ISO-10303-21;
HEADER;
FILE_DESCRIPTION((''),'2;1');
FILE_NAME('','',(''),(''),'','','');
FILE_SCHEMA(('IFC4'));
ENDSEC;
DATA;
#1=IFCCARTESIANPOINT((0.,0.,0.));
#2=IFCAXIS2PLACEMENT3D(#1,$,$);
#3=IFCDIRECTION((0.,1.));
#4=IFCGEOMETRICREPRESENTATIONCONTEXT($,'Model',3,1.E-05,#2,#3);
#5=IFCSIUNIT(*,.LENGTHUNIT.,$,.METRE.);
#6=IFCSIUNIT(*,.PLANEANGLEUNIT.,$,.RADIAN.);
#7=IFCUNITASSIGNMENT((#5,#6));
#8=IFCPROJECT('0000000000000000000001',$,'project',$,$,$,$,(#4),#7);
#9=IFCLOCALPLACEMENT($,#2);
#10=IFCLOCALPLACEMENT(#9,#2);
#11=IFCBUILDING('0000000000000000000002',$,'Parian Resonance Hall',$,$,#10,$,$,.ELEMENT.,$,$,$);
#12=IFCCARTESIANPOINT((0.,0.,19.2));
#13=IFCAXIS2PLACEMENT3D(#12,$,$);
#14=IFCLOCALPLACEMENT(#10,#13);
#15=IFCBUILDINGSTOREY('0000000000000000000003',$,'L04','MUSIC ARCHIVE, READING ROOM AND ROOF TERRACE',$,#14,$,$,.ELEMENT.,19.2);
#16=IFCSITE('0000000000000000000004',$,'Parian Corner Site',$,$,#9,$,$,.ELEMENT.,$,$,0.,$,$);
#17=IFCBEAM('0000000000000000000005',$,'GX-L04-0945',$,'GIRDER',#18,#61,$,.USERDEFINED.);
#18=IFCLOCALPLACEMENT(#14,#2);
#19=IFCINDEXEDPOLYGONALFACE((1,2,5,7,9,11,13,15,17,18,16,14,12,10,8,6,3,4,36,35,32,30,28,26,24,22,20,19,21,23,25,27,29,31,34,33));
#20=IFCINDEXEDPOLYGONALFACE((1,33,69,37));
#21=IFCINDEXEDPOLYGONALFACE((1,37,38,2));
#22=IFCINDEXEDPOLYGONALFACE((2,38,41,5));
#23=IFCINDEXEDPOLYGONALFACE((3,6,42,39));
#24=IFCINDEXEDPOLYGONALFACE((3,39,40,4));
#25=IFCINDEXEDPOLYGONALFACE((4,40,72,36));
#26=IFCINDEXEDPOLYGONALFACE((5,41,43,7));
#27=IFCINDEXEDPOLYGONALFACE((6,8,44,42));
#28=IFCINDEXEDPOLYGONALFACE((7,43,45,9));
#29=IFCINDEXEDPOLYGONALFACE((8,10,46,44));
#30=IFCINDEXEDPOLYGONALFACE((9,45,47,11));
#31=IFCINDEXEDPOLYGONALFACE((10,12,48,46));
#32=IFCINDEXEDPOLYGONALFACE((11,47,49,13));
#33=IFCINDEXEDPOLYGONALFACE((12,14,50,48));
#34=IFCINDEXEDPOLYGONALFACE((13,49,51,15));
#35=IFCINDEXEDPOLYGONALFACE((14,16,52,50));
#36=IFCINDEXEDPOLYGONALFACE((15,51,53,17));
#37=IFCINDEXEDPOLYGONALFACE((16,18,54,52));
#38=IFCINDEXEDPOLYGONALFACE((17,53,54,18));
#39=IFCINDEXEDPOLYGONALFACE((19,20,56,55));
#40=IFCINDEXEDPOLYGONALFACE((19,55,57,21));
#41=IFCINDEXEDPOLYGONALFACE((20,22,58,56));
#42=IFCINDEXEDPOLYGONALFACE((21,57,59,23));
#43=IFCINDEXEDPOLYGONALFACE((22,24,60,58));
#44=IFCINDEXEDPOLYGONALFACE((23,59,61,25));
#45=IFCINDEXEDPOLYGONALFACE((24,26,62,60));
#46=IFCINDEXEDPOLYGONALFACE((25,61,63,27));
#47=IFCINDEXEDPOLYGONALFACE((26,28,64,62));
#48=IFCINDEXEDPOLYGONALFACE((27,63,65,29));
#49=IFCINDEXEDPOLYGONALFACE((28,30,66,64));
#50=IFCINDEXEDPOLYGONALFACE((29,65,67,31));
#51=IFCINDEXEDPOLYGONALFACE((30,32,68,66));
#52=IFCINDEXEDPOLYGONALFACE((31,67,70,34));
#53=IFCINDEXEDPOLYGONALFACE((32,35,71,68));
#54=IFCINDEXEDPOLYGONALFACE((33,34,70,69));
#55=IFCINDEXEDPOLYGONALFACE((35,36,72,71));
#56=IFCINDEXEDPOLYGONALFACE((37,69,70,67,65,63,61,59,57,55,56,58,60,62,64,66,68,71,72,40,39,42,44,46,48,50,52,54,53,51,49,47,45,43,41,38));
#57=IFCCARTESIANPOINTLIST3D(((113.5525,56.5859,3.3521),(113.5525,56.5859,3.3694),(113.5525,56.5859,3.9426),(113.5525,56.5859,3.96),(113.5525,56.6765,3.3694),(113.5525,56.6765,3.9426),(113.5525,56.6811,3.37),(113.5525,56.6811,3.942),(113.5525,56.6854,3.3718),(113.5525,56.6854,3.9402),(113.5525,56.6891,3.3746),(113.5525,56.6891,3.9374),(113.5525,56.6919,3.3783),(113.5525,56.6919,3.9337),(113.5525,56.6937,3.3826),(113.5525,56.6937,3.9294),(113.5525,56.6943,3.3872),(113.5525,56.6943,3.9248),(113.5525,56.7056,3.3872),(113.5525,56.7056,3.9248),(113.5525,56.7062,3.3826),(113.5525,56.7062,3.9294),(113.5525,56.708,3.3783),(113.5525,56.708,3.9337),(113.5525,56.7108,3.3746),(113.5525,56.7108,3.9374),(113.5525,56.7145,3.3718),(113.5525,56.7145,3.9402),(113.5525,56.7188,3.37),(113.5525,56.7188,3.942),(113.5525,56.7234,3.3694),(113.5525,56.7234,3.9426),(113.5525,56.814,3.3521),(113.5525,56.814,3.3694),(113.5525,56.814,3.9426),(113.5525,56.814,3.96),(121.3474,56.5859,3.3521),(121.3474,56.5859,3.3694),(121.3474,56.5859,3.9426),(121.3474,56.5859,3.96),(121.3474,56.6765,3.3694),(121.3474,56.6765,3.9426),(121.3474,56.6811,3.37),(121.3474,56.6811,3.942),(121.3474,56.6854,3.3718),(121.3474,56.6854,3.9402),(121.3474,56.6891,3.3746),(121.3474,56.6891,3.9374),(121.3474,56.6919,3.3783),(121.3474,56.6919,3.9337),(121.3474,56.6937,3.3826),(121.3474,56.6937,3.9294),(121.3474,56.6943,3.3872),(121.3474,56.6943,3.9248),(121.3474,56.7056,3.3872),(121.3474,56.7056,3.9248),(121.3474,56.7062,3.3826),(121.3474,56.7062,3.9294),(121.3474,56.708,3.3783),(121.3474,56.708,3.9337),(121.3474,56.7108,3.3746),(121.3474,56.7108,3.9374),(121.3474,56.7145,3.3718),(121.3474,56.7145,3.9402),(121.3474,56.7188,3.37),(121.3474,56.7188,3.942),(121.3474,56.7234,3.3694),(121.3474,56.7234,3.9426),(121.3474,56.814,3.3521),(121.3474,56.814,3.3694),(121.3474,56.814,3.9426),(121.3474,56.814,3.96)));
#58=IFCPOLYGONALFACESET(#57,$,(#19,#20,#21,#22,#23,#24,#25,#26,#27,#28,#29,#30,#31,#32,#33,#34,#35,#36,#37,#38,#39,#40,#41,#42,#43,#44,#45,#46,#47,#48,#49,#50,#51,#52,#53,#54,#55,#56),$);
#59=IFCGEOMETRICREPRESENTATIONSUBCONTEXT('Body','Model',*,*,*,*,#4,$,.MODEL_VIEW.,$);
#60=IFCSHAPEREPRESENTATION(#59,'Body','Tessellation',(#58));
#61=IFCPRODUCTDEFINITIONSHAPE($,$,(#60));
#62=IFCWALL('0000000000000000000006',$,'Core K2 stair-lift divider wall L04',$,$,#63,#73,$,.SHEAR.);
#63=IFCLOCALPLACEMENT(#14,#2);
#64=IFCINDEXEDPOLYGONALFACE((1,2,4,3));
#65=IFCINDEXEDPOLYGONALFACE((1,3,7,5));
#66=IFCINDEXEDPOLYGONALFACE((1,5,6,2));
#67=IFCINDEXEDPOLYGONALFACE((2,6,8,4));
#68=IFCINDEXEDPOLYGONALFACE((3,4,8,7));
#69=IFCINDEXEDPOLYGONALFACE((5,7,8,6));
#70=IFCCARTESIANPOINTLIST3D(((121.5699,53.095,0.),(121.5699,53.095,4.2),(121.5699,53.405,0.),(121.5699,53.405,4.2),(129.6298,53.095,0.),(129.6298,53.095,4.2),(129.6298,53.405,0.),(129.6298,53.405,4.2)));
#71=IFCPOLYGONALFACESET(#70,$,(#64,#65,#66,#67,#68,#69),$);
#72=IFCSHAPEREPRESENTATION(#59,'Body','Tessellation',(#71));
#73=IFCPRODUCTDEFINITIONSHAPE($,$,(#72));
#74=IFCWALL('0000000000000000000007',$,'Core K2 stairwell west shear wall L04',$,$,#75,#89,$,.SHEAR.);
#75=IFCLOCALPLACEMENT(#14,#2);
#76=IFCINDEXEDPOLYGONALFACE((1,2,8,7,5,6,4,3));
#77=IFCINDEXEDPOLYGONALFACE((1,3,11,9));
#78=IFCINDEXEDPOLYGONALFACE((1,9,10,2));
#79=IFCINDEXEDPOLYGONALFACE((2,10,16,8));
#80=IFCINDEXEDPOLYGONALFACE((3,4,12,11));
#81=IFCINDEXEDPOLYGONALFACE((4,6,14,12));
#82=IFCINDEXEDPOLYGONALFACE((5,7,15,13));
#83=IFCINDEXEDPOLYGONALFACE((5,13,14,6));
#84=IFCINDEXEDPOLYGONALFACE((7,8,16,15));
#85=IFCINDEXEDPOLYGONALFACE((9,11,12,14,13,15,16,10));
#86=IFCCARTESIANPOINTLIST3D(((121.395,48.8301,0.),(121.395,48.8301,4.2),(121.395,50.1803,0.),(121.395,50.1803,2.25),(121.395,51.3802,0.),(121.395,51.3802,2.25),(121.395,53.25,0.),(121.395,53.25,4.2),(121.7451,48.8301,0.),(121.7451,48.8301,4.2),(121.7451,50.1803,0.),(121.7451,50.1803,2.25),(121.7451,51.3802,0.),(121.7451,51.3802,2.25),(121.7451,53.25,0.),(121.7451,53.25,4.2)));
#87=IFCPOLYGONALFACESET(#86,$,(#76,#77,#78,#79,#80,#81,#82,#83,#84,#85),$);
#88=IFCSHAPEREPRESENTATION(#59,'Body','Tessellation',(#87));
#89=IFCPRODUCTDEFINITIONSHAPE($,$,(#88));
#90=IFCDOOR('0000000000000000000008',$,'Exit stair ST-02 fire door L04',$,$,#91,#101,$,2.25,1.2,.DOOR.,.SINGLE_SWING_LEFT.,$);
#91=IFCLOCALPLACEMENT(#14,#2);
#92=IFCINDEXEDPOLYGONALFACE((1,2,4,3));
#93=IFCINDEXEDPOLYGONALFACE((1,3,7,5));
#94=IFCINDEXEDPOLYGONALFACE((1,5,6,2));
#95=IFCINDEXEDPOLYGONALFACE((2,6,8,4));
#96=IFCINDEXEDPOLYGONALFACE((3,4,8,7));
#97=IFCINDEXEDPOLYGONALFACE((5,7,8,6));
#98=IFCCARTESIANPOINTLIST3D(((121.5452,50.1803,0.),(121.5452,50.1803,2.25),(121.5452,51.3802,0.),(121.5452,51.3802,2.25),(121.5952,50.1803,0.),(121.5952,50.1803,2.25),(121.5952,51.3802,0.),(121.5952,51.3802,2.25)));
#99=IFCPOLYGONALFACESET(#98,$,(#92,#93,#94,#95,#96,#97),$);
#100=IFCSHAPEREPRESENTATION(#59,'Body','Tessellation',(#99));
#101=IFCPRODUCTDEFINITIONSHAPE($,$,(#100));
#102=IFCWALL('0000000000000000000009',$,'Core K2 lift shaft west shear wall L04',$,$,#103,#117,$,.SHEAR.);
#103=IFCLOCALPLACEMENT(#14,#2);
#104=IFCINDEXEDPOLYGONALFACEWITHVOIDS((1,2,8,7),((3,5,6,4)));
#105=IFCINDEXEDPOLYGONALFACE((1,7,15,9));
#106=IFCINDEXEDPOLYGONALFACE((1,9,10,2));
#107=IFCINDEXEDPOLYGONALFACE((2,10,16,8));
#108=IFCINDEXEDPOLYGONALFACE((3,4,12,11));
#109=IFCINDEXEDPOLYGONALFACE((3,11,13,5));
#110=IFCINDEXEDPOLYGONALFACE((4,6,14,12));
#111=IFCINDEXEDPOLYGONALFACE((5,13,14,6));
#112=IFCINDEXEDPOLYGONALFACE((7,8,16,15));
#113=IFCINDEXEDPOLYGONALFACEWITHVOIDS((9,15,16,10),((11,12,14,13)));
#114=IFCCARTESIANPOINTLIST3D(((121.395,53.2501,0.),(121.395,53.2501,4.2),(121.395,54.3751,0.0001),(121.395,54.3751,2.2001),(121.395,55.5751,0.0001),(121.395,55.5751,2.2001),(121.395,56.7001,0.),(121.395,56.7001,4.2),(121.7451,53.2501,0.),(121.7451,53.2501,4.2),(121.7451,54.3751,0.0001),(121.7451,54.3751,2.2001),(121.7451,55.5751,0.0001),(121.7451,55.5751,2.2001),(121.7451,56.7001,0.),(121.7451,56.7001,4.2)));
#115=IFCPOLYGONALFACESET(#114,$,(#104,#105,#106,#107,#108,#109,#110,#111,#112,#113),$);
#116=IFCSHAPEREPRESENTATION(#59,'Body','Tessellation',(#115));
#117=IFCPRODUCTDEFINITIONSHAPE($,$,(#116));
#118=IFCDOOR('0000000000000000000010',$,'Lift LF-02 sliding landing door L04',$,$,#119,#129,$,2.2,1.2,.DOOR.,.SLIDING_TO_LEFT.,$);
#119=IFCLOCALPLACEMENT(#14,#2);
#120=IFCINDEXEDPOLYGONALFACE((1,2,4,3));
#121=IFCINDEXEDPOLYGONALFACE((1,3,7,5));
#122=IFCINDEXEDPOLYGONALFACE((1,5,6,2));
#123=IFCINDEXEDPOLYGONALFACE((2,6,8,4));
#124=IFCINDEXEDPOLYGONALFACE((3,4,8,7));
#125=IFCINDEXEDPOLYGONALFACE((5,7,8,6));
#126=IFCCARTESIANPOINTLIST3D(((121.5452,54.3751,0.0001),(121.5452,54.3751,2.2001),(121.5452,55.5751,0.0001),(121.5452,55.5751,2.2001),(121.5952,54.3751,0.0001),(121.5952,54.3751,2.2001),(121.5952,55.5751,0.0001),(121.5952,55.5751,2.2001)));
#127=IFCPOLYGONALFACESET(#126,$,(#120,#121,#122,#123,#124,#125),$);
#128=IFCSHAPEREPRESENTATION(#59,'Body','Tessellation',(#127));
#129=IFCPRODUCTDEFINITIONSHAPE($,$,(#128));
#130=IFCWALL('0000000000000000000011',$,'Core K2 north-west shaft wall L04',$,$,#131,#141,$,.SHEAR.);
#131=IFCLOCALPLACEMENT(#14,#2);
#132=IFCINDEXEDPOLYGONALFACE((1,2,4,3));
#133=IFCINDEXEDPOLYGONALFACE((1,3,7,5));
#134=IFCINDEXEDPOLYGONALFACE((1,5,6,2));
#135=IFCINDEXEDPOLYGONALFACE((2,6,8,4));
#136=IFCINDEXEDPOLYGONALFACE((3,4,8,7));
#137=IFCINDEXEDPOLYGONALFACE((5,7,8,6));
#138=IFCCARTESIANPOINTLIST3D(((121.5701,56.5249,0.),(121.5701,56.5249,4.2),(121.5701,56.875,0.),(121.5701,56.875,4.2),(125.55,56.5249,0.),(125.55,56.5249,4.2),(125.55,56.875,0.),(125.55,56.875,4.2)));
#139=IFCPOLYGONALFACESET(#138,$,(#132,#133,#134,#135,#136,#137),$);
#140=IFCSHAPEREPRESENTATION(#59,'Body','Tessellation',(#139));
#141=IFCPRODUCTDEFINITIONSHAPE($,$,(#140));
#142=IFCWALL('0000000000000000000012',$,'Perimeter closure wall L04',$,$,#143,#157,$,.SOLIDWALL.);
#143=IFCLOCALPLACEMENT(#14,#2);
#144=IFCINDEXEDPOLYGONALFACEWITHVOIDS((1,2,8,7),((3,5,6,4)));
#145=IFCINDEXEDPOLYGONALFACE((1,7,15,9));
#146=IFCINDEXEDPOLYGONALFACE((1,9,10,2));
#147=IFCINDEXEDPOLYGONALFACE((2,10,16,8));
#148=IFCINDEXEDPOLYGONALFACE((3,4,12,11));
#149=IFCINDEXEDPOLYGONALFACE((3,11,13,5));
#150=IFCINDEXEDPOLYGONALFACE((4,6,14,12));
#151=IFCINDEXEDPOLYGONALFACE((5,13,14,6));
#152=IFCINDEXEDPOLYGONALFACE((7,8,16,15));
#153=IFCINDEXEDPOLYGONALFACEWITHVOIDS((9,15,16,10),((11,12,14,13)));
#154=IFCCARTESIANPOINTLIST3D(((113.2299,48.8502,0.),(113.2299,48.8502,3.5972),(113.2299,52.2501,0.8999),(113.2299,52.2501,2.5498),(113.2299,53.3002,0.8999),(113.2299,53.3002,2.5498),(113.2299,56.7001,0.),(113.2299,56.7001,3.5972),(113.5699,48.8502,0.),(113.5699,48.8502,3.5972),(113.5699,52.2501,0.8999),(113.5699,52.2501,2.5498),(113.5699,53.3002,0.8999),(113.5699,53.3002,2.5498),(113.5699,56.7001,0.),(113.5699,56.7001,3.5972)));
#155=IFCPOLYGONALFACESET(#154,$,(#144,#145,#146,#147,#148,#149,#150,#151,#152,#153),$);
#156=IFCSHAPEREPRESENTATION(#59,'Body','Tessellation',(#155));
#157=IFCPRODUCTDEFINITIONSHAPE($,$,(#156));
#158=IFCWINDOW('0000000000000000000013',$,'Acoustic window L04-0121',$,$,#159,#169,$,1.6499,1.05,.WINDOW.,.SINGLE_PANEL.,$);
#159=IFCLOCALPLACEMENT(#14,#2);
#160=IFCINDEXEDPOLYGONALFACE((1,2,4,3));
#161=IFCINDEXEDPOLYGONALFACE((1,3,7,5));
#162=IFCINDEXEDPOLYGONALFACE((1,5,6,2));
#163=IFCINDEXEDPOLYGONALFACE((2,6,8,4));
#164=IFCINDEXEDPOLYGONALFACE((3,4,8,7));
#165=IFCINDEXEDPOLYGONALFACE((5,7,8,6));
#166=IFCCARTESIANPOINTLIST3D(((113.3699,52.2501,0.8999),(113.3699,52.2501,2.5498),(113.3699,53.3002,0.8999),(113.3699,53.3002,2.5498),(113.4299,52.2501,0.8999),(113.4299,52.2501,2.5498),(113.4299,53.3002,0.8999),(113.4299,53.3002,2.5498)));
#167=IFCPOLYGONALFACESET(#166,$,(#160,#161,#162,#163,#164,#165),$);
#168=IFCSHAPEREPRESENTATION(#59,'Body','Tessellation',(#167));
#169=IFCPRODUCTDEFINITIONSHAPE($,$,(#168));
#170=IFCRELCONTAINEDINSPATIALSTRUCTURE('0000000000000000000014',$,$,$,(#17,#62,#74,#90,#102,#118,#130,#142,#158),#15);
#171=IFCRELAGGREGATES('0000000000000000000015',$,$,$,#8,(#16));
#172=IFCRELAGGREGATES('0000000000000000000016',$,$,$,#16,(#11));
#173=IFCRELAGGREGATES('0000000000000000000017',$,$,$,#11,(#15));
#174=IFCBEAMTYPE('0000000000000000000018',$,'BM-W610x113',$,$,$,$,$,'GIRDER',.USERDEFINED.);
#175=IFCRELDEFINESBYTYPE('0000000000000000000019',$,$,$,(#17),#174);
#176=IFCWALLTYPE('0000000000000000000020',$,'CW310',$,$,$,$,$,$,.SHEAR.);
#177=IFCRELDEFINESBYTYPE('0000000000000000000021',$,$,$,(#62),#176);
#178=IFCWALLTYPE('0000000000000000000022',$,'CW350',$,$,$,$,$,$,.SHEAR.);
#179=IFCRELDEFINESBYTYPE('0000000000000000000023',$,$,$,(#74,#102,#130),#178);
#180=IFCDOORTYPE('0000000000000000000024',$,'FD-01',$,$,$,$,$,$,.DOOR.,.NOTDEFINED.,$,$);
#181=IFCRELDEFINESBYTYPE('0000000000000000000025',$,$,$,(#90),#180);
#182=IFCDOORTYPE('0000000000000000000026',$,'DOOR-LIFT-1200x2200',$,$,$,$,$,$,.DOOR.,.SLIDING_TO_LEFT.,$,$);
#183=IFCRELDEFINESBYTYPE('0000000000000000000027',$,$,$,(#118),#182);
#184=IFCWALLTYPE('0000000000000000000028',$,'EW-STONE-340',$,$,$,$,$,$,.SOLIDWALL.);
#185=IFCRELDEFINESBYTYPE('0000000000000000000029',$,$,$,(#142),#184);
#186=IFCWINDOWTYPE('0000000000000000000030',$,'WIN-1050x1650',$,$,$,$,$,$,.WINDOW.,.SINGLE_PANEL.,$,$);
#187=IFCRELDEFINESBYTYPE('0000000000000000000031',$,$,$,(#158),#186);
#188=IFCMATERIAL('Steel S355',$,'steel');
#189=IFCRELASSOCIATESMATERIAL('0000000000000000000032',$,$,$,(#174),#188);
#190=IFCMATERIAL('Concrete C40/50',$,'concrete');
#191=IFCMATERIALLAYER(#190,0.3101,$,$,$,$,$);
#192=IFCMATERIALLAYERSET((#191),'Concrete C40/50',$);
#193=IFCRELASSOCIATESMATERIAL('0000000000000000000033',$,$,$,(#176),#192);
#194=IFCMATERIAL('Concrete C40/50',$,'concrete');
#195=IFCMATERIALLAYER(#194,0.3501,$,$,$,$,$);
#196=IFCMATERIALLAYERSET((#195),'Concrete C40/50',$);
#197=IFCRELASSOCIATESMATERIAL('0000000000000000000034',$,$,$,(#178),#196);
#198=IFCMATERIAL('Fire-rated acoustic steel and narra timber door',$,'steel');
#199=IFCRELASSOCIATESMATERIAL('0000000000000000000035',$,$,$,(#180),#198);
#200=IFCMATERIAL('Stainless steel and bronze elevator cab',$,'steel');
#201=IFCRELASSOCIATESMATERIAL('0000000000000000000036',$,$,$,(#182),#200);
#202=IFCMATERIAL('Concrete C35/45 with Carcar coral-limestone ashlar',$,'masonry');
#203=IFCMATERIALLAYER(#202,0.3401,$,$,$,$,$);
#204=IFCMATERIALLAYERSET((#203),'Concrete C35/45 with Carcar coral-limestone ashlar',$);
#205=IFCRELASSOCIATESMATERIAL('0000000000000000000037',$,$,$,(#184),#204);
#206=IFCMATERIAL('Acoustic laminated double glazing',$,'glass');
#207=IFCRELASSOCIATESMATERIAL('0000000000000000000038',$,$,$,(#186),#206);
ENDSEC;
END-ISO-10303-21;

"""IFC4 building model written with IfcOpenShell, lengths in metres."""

from ifc_helpers import new_model, si_unit, direction, frame, frame_2d, origin, origin_2d, place, context, subcontext, project, spatial, rectangle, i_section, extrude, material, layer, layer_set, material_profile, profile_set, type_object, element, fill, save


model = new_model("IFC4")

# Units and contexts
model_context = context("Model", 3, precision=1e-05, world=origin(), true_north=direction((0.0, 1.0)))
body_context = subcontext(model_context, "Body", "Model", "MODEL_VIEW")
ifc_project = project(units=[si_unit("LENGTHUNIT", "METRE"), si_unit("PLANEANGLEUNIT", "RADIAN")], contexts=[model_context])

# Site, building, storey
site_placement = place(None, origin())
site = spatial("IfcSite", under=ifc_project, at=site_placement, Name="Parian Corner Site", CompositionType="ELEMENT", RefElevation=0.0)
building_placement = place(site_placement, origin())
building = spatial("IfcBuilding", under=site, at=building_placement, Name="Parian Resonance Hall", CompositionType="ELEMENT")
storey_placement = place(building_placement, frame((0.0, 0.0, 19.2)))
storey = spatial("IfcBuildingStorey", under=building, at=storey_placement, Name="L04", Description="MUSIC ARCHIVE, READING ROOM AND ROOF TERRACE", CompositionType="ELEMENT", Elevation=19.2)

# Beam
ifc_material_1 = material(Name="Steel S355", Category="steel")
ifc_material_profile_1 = material_profile(ifc_material_1, i_section(OverallWidth=0.228, OverallDepth=0.6079, WebThickness=0.0112, FlangeThickness=0.0173, FilletRadius=0.0178, at=origin_2d()), Name="W610x113")
ifc_profile_set_1 = profile_set([ifc_material_profile_1], Name="Steel S355")
beam_type_1 = type_object("IfcBeamType", Name="BM-W610x113", ElementType="GIRDER", PredefinedType="USERDEFINED", material=ifc_profile_set_1)
beam_1_placement = place(storey_placement, frame((113.5525, 56.7, 3.656), z_axis=(1.0, 0.0, 0.0), x_axis=(0.0, 1.0, 0.0)))
element("IfcBeam", 1, at=beam_1_placement, inside=storey, type_object=beam_type_1, Name="GX-L04-0945", ObjectType="GIRDER", PredefinedType="USERDEFINED", context=body_context, shape_type="SweptSolid", body=[
    extrude(i_section(OverallWidth=0.228, OverallDepth=0.6079, WebThickness=0.0112, FlangeThickness=0.0173, FilletRadius=0.0178, at=origin_2d()), origin(), (0.0, 0.0, 1.0), 7.7949),
])

# Wall
ifc_material_2 = material(Name="Concrete C40/50", Category="concrete")
ifc_layer_1 = layer(ifc_material_2, 0.3101)
ifc_layer_set_1 = layer_set([ifc_layer_1], Name="Concrete C40/50")
wall_type_1 = type_object("IfcWallType", Name="CW310", PredefinedType="SHEAR", material=ifc_layer_set_1)
wall_1_placement = place(storey_placement, frame((121.5701, 53.25, 0.0), z_axis=(0.0, 0.0, 1.0), x_axis=(1.0, 0.0, 0.0)))
element("IfcWall", 2, at=wall_1_placement, inside=storey, type_object=wall_type_1, Name="Core K2 stair-lift divider wall L04", PredefinedType="SHEAR", context=body_context, shape_type="SweptSolid", body=[
    extrude(rectangle(XDim=8.0598, YDim=0.3101, at=frame_2d((4.0298, 0.0))), origin(), (0.0, 0.0, 1.0), 4.2),
])

# Walls, openings, doors
ifc_material_3 = material(Name="Concrete C40/50", Category="concrete")
ifc_layer_2 = layer(ifc_material_3, 0.3501)
ifc_layer_set_2 = layer_set([ifc_layer_2], Name="Concrete C40/50")
wall_type_2 = type_object("IfcWallType", Name="CW350", PredefinedType="SHEAR", material=ifc_layer_set_2)
wall_2_placement = place(storey_placement, frame((121.5701, 48.8301, 0.0), z_axis=(0.0, 0.0, 1.0), x_axis=(0.0, 1.0, 0.0)))
wall_2 = element("IfcWall", 3, at=wall_2_placement, inside=storey, type_object=wall_type_2, Name="Core K2 stairwell west shear wall L04", PredefinedType="SHEAR", context=body_context, shape_type="SweptSolid", body=[
    extrude(rectangle(XDim=4.4199, YDim=0.3501, at=frame_2d((2.21, 0.0))), origin(), (0.0, 0.0, 1.0), 4.2),
])
opening_1_placement = place(wall_2_placement, frame((1.3501, 0.0, 0.0)))
opening_1 = element("IfcOpeningElement", 4, at=opening_1_placement, cuts=wall_2, PredefinedType="OPENING", context=body_context, shape_type="SweptSolid", body=[
    extrude(rectangle(XDim=1.2, YDim=2.25, at=frame_2d((0.6001, 1.125))), frame((0.0, 0.1851, 0.0), z_axis=(0.0, -1.0, 0.0), x_axis=(1.0, 0.0, 0.0)), (0.0, 0.0, 1.0), 0.3701),
])
ifc_material_4 = material(Name="Fire-rated acoustic steel and narra timber door", Category="steel")
door_type_1 = type_object("IfcDoorType", Name="FD-01", OperationType="NOTDEFINED", PredefinedType="DOOR", material=ifc_material_4)
door_1_placement = place(opening_1_placement, origin())
door_1 = element("IfcDoor", 5, at=door_1_placement, inside=storey, type_object=door_type_1, Name="Exit stair ST-02 fire door L04", OperationType="SINGLE_SWING_LEFT", OverallHeight=2.25, OverallWidth=1.2, PredefinedType="DOOR", context=body_context, shape_type="SweptSolid", body=[
    extrude(rectangle(XDim=1.2, YDim=2.25, at=frame_2d((0.6001, 1.125))), frame((0.0, 0.0249, 0.0), z_axis=(0.0, -1.0, 0.0), x_axis=(1.0, 0.0, 0.0)), (0.0, 0.0, 1.0), 0.05),
])
fill(opening_1, door_1)
wall_3_placement = place(storey_placement, frame((121.5701, 53.25, 0.0), z_axis=(0.0, 0.0, 1.0), x_axis=(0.0, 1.0, 0.0)))
wall_3 = element("IfcWall", 6, at=wall_3_placement, inside=storey, type_object=wall_type_2, Name="Core K2 lift shaft west shear wall L04", PredefinedType="SHEAR", context=body_context, shape_type="SweptSolid", body=[
    extrude(rectangle(XDim=3.45, YDim=0.3501, at=frame_2d((1.7251, 0.0))), origin(), (0.0, 0.0, 1.0), 4.2),
])
opening_2_placement = place(wall_3_placement, frame((1.125, 0.0, 0.0)))
opening_2 = element("IfcOpeningElement", 7, at=opening_2_placement, cuts=wall_3, PredefinedType="OPENING", context=body_context, shape_type="SweptSolid", body=[
    extrude(rectangle(XDim=1.2, YDim=2.2, at=frame_2d((0.6001, 1.1001))), frame((0.0, 0.1851, 0.0), z_axis=(0.0, -1.0, 0.0), x_axis=(1.0, 0.0, 0.0)), (0.0, 0.0, 1.0), 0.3701),
])
ifc_material_5 = material(Name="Stainless steel and bronze elevator cab", Category="steel")
door_type_2 = type_object("IfcDoorType", Name="DOOR-LIFT-1200x2200", OperationType="SLIDING_TO_LEFT", PredefinedType="DOOR", material=ifc_material_5)
door_2_placement = place(opening_2_placement, origin())
door_2 = element("IfcDoor", 8, at=door_2_placement, inside=storey, type_object=door_type_2, Name="Lift LF-02 sliding landing door L04", OperationType="SLIDING_TO_LEFT", OverallHeight=2.2, OverallWidth=1.2, PredefinedType="DOOR", context=body_context, shape_type="SweptSolid", body=[
    extrude(rectangle(XDim=1.2, YDim=2.2, at=frame_2d((0.6001, 1.1001))), frame((0.0, 0.0249, 0.0), z_axis=(0.0, -1.0, 0.0), x_axis=(1.0, 0.0, 0.0)), (0.0, 0.0, 1.0), 0.05),
])
fill(opening_2, door_2)

# Wall
wall_4_placement = place(storey_placement, frame((121.5701, 56.7, 0.0), z_axis=(0.0, 0.0, 1.0), x_axis=(1.0, 0.0, 0.0)))
element("IfcWall", 9, at=wall_4_placement, inside=storey, type_object=wall_type_2, Name="Core K2 north-west shaft wall L04", PredefinedType="SHEAR", context=body_context, shape_type="SweptSolid", body=[
    extrude(rectangle(XDim=3.98, YDim=0.3501, at=frame_2d((1.99, 0.0))), origin(), (0.0, 0.0, 1.0), 4.2),
])

# Wall, opening, window
ifc_material_6 = material(Name="Concrete C35/45 with Carcar coral-limestone ashlar", Category="masonry")
ifc_layer_3 = layer(ifc_material_6, 0.3401)
ifc_layer_set_3 = layer_set([ifc_layer_3], Name="Concrete C35/45 with Carcar coral-limestone ashlar")
wall_type_3 = type_object("IfcWallType", Name="EW-STONE-340", PredefinedType="SOLIDWALL", material=ifc_layer_set_3)
wall_5_placement = place(storey_placement, frame((113.3999, 56.7, 0.0), z_axis=(0.0, 0.0, 1.0), x_axis=(0.0, -1.0, 0.0)))
wall_5 = element("IfcWall", 10, at=wall_5_placement, inside=storey, type_object=wall_type_3, Name="Perimeter closure wall L04", PredefinedType="SOLIDWALL", context=body_context, shape_type="SweptSolid", body=[
    extrude(rectangle(XDim=7.8499, YDim=0.3401, at=frame_2d((3.9248, 0.0))), origin(), (0.0, 0.0, 1.0), 3.5972),
])
opening_3_placement = place(wall_5_placement, frame((3.3999, 0.0, 0.8999)))
opening_3 = element("IfcOpeningElement", 11, at=opening_3_placement, cuts=wall_5, PredefinedType="OPENING", context=body_context, shape_type="SweptSolid", body=[
    extrude(rectangle(XDim=1.05, YDim=1.6499, at=frame_2d((0.5249, 0.825))), frame((0.0, 0.1799, 0.0), z_axis=(0.0, -1.0, 0.0), x_axis=(1.0, 0.0, 0.0)), (0.0, 0.0, 1.0), 0.3601),
])
ifc_material_7 = material(Name="Acoustic laminated double glazing", Category="glass")
window_type = type_object("IfcWindowType", Name="WIN-1050x1650", PartitioningType="SINGLE_PANEL", PredefinedType="WINDOW", material=ifc_material_7)
window_placement = place(opening_3_placement, origin())
window = element("IfcWindow", 12, at=window_placement, inside=storey, type_object=window_type, Name="Acoustic window L04-0121", OverallHeight=1.6499, OverallWidth=1.05, PartitioningType="SINGLE_PANEL", PredefinedType="WINDOW", context=body_context, shape_type="SweptSolid", body=[
    extrude(rectangle(XDim=1.05, YDim=1.6499, at=frame_2d((0.5249, 0.825))), frame((0.0, 0.03, 0.0), z_axis=(0.0, -1.0, 0.0), x_axis=(1.0, 0.0, 0.0)), (0.0, 0.0, 1.0), 0.0601),
])
fill(opening_3, window)

save(model, "model.ifc")
